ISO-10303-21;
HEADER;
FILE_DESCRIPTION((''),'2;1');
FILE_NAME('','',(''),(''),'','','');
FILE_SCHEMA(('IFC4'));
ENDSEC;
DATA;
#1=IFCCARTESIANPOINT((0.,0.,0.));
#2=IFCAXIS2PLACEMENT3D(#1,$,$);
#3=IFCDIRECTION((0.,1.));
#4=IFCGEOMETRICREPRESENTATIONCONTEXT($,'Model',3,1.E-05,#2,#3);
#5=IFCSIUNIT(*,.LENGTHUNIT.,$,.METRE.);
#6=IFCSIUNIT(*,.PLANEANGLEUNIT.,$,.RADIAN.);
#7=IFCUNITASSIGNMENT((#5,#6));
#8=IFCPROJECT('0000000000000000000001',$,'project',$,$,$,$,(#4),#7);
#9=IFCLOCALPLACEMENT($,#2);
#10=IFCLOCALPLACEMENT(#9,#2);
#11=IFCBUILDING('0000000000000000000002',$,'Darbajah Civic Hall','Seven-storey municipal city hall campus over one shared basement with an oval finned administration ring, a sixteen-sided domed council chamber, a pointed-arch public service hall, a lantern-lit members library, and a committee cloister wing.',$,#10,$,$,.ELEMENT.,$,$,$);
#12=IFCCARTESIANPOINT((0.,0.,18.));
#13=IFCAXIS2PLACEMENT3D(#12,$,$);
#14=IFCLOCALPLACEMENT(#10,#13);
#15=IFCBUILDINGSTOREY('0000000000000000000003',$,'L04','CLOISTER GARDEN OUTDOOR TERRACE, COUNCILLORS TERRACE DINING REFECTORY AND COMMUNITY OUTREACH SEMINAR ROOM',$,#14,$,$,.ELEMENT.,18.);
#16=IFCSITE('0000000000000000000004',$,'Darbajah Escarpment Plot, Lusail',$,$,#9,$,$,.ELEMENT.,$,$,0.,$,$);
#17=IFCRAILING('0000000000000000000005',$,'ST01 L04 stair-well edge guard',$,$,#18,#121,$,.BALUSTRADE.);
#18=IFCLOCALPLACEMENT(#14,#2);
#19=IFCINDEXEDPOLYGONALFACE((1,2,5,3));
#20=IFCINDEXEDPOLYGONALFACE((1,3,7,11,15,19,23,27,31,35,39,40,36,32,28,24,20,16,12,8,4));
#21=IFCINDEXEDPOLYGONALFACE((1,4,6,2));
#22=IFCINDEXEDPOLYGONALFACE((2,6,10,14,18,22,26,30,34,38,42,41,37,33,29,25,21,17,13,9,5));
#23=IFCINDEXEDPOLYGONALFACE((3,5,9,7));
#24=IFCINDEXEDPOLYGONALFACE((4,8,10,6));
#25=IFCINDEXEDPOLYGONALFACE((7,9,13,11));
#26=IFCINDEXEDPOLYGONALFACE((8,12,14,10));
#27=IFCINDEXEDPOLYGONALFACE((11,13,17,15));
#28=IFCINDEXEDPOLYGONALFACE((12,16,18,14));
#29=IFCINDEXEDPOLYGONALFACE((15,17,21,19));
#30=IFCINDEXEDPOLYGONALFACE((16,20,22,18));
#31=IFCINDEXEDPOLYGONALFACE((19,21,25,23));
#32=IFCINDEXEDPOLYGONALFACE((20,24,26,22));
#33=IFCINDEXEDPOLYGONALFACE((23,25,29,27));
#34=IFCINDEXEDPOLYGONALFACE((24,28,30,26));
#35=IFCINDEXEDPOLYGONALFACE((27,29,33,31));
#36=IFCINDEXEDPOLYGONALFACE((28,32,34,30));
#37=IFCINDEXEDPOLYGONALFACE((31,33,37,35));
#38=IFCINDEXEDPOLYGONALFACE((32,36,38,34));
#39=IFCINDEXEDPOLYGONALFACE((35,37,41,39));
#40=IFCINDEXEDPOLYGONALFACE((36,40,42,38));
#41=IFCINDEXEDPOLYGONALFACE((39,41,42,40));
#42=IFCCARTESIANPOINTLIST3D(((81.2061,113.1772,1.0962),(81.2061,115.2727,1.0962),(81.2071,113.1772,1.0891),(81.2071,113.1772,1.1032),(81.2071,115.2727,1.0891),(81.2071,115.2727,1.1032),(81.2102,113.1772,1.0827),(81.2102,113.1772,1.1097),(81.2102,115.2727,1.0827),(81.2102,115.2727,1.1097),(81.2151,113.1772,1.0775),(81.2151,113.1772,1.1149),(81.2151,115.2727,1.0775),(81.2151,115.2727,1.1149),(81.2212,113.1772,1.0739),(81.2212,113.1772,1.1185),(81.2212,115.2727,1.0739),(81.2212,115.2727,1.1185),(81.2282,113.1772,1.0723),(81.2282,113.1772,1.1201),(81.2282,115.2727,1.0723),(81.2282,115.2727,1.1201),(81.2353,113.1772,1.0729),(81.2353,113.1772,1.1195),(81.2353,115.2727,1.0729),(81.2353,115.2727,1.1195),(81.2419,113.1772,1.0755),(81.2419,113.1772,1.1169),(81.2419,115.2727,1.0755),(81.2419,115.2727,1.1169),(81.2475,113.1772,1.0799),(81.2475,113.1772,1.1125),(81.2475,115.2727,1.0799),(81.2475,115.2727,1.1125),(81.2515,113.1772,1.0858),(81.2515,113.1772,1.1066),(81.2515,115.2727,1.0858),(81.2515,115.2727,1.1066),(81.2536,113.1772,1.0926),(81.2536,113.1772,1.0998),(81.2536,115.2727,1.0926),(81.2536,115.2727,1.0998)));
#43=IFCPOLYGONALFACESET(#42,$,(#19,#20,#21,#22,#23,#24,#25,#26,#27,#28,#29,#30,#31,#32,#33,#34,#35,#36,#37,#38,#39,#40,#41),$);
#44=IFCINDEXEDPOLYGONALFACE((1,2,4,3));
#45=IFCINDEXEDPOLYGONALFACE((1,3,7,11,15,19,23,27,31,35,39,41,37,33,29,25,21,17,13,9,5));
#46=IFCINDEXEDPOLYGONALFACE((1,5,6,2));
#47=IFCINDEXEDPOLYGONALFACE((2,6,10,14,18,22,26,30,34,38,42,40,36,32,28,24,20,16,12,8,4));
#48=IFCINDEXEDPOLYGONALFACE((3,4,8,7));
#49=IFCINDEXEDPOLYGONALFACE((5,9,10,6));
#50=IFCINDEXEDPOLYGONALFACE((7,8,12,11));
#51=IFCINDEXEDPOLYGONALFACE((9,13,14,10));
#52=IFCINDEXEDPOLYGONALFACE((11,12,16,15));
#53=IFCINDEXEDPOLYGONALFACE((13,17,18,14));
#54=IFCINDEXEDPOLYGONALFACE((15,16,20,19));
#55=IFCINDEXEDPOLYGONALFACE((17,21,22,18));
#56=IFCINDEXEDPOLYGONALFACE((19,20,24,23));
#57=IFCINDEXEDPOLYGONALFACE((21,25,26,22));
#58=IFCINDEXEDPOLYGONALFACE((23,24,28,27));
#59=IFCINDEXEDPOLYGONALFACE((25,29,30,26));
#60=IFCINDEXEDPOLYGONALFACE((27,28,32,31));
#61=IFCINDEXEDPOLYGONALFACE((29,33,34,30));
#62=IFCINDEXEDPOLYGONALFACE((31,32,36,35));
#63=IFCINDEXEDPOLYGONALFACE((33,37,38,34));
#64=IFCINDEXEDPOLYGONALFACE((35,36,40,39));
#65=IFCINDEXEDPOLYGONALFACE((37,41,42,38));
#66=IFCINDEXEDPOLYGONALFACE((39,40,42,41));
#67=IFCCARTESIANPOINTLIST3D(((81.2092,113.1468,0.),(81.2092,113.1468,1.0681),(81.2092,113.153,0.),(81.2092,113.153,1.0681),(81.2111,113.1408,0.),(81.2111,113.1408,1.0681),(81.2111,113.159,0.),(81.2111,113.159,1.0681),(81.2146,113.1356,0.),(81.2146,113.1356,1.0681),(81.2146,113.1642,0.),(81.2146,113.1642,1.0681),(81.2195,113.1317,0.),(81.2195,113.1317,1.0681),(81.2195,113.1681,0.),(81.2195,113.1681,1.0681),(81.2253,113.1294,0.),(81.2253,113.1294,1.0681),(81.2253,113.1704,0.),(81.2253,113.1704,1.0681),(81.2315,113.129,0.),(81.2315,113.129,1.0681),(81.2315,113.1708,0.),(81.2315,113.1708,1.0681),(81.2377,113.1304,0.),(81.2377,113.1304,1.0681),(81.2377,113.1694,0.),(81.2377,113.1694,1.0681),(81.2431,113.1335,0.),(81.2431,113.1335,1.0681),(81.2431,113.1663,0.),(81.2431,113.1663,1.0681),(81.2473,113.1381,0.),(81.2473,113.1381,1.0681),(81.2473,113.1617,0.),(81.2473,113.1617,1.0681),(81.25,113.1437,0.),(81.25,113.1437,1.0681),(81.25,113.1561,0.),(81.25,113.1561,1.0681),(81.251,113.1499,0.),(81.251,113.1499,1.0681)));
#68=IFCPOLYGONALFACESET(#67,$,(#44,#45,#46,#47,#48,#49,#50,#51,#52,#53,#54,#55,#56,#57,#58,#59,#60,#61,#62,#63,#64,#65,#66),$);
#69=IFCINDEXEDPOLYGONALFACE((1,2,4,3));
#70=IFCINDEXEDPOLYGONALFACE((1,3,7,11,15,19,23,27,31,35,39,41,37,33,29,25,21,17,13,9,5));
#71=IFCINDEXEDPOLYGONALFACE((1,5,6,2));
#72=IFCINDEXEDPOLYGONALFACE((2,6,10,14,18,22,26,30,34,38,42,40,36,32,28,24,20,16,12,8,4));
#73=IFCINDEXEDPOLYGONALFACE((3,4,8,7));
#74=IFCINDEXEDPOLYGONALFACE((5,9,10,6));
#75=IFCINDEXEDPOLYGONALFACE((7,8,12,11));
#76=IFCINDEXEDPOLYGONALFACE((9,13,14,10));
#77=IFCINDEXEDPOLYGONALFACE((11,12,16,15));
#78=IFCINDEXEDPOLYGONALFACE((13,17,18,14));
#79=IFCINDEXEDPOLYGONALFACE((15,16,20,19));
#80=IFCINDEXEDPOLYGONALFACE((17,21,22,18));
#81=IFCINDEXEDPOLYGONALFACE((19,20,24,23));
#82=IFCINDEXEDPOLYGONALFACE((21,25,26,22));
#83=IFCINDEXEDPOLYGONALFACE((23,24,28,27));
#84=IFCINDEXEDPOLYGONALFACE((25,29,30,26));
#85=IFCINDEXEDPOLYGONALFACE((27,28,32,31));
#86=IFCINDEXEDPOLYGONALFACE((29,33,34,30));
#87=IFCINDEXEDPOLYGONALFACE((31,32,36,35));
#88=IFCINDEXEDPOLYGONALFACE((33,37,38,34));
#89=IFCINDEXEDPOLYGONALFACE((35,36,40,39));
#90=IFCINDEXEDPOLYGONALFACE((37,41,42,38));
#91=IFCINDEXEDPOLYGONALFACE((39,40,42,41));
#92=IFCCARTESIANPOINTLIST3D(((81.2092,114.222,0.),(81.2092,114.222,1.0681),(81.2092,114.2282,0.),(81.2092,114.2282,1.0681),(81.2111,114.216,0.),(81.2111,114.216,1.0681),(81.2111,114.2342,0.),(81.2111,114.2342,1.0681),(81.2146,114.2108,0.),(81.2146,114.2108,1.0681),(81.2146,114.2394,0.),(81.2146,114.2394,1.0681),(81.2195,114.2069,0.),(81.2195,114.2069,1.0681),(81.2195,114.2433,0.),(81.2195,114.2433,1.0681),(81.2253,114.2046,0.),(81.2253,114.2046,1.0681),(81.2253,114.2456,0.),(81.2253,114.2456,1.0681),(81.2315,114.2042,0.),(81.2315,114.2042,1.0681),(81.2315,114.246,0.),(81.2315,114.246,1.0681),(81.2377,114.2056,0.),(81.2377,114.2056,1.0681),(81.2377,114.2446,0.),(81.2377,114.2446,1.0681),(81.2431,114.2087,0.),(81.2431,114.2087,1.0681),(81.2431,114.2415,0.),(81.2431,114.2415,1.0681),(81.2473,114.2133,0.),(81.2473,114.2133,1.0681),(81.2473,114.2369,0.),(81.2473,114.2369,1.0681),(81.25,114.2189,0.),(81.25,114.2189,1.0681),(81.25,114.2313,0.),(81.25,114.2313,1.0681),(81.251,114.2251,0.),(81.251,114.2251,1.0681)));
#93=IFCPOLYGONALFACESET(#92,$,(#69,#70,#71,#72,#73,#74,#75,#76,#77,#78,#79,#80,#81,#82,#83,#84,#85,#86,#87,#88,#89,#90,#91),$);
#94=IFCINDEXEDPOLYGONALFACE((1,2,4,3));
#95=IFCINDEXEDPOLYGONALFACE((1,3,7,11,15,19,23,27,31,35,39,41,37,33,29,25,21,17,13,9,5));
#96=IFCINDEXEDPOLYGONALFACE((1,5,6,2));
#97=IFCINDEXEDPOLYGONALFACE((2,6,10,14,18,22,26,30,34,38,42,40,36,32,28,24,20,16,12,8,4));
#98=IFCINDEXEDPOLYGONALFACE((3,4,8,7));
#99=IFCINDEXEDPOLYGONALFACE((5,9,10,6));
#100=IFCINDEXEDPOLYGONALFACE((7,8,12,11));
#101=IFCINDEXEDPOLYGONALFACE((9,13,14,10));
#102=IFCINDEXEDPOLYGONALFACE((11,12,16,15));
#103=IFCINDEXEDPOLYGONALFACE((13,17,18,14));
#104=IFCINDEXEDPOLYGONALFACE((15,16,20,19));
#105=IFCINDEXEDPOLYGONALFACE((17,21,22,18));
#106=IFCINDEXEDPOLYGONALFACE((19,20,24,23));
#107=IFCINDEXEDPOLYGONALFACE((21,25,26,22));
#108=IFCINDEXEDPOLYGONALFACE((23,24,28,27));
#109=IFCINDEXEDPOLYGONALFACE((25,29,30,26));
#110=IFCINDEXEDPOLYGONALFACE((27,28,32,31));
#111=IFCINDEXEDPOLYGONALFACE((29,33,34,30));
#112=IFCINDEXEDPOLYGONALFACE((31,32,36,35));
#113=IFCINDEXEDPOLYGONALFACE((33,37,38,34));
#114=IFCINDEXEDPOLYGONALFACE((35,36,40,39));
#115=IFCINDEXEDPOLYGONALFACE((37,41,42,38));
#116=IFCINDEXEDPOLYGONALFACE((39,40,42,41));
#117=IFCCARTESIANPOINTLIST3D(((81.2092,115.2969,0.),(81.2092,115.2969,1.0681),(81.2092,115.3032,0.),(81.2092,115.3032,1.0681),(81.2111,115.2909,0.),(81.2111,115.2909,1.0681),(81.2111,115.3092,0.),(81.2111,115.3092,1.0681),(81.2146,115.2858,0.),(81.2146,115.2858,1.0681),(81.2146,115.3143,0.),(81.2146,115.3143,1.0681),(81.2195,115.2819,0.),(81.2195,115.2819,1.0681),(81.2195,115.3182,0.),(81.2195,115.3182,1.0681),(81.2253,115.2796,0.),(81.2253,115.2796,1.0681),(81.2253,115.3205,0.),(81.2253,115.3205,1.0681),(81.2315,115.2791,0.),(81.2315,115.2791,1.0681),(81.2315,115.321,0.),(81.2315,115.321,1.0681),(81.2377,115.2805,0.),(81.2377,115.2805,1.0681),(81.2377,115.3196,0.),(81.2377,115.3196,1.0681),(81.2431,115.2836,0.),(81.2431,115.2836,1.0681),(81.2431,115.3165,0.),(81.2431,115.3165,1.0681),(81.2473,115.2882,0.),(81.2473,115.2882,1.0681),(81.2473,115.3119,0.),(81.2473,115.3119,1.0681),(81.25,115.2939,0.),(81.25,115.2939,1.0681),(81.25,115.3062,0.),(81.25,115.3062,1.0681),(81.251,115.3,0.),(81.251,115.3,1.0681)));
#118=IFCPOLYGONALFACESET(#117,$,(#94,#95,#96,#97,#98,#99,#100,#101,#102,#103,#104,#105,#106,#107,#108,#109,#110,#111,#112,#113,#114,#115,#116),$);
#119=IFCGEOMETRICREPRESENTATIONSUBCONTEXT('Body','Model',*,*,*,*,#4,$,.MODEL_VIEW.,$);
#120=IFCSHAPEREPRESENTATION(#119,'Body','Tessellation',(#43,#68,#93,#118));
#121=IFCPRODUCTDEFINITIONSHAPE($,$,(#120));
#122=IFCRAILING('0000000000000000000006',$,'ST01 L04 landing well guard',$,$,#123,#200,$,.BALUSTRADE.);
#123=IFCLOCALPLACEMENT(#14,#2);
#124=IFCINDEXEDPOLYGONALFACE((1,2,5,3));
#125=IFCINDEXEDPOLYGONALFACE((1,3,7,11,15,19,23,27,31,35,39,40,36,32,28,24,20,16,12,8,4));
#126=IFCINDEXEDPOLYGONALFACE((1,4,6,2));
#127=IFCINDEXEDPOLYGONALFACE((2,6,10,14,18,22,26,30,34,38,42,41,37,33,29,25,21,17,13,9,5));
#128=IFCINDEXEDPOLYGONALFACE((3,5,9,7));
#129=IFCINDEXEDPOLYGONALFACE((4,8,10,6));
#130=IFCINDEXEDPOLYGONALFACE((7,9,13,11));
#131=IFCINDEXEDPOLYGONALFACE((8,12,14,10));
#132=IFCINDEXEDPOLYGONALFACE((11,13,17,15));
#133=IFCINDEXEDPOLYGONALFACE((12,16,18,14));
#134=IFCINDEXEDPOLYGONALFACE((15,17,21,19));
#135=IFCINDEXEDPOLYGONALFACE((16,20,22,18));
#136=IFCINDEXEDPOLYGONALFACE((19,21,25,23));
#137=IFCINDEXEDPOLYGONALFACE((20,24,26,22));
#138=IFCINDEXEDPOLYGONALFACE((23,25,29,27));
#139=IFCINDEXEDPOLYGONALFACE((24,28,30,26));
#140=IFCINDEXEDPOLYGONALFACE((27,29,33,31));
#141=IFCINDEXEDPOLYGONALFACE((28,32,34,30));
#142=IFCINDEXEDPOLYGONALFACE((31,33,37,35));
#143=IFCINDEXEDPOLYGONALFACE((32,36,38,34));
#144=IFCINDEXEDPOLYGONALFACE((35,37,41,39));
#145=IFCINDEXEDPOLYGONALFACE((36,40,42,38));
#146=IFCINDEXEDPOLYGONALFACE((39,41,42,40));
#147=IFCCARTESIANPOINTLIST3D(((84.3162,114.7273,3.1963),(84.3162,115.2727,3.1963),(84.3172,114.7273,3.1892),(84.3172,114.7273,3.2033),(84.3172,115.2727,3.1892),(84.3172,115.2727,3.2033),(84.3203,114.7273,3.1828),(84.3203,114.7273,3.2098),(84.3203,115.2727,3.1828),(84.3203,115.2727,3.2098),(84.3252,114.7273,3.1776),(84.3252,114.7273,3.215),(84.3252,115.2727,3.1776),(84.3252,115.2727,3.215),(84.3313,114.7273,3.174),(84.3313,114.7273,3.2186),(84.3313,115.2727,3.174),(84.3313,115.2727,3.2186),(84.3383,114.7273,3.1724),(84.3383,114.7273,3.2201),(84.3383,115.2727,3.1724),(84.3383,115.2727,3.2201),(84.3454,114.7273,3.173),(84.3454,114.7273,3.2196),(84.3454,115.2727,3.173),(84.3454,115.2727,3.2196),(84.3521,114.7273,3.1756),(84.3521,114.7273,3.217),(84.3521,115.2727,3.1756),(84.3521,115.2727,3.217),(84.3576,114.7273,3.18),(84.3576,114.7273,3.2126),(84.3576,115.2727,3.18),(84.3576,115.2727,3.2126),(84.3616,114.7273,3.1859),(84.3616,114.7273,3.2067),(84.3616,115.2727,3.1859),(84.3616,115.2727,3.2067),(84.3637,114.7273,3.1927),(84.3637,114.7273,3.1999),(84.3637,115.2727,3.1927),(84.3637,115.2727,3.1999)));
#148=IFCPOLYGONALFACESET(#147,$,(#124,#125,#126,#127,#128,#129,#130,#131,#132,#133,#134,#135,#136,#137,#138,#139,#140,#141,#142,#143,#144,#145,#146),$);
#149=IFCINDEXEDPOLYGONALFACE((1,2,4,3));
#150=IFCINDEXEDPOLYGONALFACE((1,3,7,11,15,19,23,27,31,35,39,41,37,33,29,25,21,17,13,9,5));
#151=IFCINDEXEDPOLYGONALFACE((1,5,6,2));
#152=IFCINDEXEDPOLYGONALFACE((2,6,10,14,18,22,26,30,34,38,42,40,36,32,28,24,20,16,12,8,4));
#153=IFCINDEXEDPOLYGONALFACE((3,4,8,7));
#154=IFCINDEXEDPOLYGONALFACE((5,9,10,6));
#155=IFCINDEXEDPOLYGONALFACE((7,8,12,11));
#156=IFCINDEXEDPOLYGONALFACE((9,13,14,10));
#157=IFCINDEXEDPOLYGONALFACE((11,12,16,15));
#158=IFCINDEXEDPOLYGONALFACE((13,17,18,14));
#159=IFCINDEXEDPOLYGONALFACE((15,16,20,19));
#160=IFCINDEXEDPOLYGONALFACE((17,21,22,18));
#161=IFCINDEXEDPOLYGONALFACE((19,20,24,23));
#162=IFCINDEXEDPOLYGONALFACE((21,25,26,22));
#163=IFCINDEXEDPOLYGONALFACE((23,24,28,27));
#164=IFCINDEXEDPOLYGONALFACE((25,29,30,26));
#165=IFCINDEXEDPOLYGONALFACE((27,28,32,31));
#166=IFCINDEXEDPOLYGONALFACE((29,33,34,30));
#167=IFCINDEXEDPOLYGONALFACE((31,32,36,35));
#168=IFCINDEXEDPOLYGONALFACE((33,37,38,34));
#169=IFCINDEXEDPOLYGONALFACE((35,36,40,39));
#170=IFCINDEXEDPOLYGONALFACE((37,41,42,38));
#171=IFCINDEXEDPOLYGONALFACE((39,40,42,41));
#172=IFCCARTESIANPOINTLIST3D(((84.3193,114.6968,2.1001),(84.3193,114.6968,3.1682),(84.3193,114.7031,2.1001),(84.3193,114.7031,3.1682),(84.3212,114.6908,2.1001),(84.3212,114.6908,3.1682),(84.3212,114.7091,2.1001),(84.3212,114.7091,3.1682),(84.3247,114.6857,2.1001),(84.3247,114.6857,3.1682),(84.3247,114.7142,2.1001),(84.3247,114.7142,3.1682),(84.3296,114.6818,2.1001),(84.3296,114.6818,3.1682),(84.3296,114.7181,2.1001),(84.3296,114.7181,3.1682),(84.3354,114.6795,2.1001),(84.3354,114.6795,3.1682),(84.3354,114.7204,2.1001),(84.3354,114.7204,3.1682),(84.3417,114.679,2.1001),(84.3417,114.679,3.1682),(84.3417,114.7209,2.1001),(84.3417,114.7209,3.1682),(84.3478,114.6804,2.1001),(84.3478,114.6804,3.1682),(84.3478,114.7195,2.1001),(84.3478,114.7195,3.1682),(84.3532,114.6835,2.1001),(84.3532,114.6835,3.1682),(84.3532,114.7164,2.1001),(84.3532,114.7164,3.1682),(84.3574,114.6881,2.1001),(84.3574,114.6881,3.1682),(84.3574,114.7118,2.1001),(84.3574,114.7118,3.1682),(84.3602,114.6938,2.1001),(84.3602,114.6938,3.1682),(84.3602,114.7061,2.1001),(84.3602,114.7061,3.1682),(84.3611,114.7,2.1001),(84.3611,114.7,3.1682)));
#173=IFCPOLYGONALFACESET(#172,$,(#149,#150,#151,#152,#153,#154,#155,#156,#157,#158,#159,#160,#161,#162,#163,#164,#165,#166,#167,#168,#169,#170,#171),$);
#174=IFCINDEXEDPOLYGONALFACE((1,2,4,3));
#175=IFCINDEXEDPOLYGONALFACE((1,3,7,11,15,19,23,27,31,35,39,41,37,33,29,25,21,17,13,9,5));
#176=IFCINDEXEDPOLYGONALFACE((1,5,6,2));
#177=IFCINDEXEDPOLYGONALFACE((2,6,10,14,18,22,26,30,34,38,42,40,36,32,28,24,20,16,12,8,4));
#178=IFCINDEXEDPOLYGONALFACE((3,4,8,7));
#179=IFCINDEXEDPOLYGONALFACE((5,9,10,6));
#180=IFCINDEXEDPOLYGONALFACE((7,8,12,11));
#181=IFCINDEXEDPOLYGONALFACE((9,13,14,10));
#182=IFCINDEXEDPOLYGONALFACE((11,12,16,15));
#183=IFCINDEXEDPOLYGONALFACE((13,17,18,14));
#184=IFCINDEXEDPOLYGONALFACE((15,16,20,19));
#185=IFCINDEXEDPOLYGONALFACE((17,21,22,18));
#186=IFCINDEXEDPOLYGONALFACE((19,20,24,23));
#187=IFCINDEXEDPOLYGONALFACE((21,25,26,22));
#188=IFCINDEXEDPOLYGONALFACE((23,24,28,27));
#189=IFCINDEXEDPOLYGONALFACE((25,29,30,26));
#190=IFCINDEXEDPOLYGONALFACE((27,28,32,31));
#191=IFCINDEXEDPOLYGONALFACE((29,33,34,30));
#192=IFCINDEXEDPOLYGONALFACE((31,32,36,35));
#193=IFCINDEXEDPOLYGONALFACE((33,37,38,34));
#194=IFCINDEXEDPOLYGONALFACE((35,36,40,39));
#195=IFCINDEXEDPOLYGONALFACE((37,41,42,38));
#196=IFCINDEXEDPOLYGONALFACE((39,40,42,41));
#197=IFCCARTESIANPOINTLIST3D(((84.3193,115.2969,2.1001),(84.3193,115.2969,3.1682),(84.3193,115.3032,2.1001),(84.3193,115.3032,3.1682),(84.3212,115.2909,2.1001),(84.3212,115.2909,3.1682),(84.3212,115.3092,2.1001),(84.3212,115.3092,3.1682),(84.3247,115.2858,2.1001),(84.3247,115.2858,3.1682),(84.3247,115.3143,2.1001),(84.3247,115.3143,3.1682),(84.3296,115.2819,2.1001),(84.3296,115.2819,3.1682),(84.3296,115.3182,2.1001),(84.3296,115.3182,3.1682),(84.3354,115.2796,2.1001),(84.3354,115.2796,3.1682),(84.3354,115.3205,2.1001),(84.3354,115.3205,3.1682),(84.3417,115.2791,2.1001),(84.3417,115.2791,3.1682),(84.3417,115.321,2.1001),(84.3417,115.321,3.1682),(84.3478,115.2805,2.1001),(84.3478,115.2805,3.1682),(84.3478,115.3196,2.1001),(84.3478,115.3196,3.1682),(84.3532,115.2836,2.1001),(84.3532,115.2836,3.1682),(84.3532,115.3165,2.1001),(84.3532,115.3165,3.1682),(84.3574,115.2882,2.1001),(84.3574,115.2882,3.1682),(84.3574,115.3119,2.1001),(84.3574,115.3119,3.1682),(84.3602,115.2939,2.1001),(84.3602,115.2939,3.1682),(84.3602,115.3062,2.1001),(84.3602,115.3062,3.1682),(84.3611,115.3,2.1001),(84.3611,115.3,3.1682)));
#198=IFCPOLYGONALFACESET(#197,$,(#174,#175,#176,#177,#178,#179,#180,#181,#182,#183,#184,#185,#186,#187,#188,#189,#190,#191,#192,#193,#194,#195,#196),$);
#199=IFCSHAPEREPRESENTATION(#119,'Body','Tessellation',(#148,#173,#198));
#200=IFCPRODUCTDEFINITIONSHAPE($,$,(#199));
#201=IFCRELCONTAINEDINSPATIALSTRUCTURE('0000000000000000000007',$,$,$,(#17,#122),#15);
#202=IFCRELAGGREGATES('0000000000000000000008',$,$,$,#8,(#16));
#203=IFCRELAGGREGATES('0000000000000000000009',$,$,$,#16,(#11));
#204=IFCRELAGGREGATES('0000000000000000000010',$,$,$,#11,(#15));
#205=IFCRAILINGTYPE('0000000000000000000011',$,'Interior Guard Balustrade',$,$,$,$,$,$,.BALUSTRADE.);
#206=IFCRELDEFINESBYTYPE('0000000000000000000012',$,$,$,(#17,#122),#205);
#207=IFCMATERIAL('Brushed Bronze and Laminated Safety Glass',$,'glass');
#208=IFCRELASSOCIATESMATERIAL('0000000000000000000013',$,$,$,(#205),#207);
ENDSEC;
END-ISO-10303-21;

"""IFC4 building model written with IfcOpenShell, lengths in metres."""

from ifc_helpers import new_model, si_unit, direction, frame, origin, origin_2d, place, context, subcontext, project, spatial, circle, extrude, material, type_object, element, save


model = new_model("IFC4")

# Units and contexts
model_context = context("Model", 3, precision=1e-05, world=origin(), true_north=direction((0.0, 1.0)))
body_context = subcontext(model_context, "Body", "Model", "MODEL_VIEW")
ifc_project = project(units=[si_unit("LENGTHUNIT", "METRE"), si_unit("PLANEANGLEUNIT", "RADIAN")], contexts=[model_context])

# Site, building, storey
site_placement = place(None, origin())
site = spatial("IfcSite", under=ifc_project, at=site_placement, Name="Darbajah Escarpment Plot, Lusail", CompositionType="ELEMENT", RefElevation=0.0)
building_placement = place(site_placement, origin())
building = spatial("IfcBuilding", under=site, at=building_placement, Name="Darbajah Civic Hall", Description="Seven-storey municipal city hall campus over one shared basement with an oval finned administration ring, a sixteen-sided domed council chamber, a pointed-arch public service hall, a lantern-lit members library, and a committee cloister wing.", CompositionType="ELEMENT")
storey_placement = place(building_placement, frame((0.0, 0.0, 18.0)))
storey = spatial("IfcBuildingStorey", under=building, at=storey_placement, Name="L04", Description="CLOISTER GARDEN OUTDOOR TERRACE, COUNCILLORS TERRACE DINING REFECTORY AND COMMUNITY OUTREACH SEMINAR ROOM", CompositionType="ELEMENT", Elevation=18.0)

# Railings
ifc_material_1 = material(Name="Brushed Bronze and Laminated Safety Glass", Category="glass")
railing_type_1 = type_object("IfcRailingType", Name="Interior Guard Balustrade", PredefinedType="BALUSTRADE", material=ifc_material_1)
railing_1_placement = place(storey_placement, frame((81.23, 113.1499, 0.0)))
element("IfcRailing", 1, at=railing_1_placement, inside=storey, type_object=railing_type_1, Name="ST01 L04 stair-well edge guard", PredefinedType="BALUSTRADE", context=body_context, shape_type="SweptSolid", body=[
    extrude(circle(Radius=0.0239, at=origin_2d()), frame((0.0, 0.0273, 1.0962), z_axis=(0.0, 1.0, 0.0), x_axis=(-1.0, 0.0, 0.0)), (0.0, 0.0, 1.0), 2.0955),
    extrude(circle(Radius=0.021, at=origin_2d()), origin(), (0.0, 0.0, 1.0), 1.0681),
    extrude(circle(Radius=0.021, at=origin_2d()), frame((0.0, 1.0752, 0.0)), (0.0, 0.0, 1.0), 1.0681),
    extrude(circle(Radius=0.021, at=origin_2d()), frame((0.0, 2.1501, 0.0)), (0.0, 0.0, 1.0), 1.0681),
])
railing_2_placement = place(storey_placement, frame((84.3401, 114.7, 2.1001)))
element("IfcRailing", 2, at=railing_2_placement, inside=storey, type_object=railing_type_1, Name="ST01 L04 landing well guard", PredefinedType="BALUSTRADE", context=body_context, shape_type="SweptSolid", body=[
    extrude(circle(Radius=0.0239, at=origin_2d()), frame((0.0, 0.0273, 1.0962), z_axis=(0.0, 1.0, 0.0), x_axis=(-1.0, 0.0, 0.0)), (0.0, 0.0, 1.0), 0.5454),
    extrude(circle(Radius=0.021, at=origin_2d()), origin(), (0.0, 0.0, 1.0), 1.0681),
    extrude(circle(Radius=0.021, at=origin_2d()), frame((0.0, 0.6001, 0.0)), (0.0, 0.0, 1.0), 1.0681),
])

save(model, "model.ifc")
